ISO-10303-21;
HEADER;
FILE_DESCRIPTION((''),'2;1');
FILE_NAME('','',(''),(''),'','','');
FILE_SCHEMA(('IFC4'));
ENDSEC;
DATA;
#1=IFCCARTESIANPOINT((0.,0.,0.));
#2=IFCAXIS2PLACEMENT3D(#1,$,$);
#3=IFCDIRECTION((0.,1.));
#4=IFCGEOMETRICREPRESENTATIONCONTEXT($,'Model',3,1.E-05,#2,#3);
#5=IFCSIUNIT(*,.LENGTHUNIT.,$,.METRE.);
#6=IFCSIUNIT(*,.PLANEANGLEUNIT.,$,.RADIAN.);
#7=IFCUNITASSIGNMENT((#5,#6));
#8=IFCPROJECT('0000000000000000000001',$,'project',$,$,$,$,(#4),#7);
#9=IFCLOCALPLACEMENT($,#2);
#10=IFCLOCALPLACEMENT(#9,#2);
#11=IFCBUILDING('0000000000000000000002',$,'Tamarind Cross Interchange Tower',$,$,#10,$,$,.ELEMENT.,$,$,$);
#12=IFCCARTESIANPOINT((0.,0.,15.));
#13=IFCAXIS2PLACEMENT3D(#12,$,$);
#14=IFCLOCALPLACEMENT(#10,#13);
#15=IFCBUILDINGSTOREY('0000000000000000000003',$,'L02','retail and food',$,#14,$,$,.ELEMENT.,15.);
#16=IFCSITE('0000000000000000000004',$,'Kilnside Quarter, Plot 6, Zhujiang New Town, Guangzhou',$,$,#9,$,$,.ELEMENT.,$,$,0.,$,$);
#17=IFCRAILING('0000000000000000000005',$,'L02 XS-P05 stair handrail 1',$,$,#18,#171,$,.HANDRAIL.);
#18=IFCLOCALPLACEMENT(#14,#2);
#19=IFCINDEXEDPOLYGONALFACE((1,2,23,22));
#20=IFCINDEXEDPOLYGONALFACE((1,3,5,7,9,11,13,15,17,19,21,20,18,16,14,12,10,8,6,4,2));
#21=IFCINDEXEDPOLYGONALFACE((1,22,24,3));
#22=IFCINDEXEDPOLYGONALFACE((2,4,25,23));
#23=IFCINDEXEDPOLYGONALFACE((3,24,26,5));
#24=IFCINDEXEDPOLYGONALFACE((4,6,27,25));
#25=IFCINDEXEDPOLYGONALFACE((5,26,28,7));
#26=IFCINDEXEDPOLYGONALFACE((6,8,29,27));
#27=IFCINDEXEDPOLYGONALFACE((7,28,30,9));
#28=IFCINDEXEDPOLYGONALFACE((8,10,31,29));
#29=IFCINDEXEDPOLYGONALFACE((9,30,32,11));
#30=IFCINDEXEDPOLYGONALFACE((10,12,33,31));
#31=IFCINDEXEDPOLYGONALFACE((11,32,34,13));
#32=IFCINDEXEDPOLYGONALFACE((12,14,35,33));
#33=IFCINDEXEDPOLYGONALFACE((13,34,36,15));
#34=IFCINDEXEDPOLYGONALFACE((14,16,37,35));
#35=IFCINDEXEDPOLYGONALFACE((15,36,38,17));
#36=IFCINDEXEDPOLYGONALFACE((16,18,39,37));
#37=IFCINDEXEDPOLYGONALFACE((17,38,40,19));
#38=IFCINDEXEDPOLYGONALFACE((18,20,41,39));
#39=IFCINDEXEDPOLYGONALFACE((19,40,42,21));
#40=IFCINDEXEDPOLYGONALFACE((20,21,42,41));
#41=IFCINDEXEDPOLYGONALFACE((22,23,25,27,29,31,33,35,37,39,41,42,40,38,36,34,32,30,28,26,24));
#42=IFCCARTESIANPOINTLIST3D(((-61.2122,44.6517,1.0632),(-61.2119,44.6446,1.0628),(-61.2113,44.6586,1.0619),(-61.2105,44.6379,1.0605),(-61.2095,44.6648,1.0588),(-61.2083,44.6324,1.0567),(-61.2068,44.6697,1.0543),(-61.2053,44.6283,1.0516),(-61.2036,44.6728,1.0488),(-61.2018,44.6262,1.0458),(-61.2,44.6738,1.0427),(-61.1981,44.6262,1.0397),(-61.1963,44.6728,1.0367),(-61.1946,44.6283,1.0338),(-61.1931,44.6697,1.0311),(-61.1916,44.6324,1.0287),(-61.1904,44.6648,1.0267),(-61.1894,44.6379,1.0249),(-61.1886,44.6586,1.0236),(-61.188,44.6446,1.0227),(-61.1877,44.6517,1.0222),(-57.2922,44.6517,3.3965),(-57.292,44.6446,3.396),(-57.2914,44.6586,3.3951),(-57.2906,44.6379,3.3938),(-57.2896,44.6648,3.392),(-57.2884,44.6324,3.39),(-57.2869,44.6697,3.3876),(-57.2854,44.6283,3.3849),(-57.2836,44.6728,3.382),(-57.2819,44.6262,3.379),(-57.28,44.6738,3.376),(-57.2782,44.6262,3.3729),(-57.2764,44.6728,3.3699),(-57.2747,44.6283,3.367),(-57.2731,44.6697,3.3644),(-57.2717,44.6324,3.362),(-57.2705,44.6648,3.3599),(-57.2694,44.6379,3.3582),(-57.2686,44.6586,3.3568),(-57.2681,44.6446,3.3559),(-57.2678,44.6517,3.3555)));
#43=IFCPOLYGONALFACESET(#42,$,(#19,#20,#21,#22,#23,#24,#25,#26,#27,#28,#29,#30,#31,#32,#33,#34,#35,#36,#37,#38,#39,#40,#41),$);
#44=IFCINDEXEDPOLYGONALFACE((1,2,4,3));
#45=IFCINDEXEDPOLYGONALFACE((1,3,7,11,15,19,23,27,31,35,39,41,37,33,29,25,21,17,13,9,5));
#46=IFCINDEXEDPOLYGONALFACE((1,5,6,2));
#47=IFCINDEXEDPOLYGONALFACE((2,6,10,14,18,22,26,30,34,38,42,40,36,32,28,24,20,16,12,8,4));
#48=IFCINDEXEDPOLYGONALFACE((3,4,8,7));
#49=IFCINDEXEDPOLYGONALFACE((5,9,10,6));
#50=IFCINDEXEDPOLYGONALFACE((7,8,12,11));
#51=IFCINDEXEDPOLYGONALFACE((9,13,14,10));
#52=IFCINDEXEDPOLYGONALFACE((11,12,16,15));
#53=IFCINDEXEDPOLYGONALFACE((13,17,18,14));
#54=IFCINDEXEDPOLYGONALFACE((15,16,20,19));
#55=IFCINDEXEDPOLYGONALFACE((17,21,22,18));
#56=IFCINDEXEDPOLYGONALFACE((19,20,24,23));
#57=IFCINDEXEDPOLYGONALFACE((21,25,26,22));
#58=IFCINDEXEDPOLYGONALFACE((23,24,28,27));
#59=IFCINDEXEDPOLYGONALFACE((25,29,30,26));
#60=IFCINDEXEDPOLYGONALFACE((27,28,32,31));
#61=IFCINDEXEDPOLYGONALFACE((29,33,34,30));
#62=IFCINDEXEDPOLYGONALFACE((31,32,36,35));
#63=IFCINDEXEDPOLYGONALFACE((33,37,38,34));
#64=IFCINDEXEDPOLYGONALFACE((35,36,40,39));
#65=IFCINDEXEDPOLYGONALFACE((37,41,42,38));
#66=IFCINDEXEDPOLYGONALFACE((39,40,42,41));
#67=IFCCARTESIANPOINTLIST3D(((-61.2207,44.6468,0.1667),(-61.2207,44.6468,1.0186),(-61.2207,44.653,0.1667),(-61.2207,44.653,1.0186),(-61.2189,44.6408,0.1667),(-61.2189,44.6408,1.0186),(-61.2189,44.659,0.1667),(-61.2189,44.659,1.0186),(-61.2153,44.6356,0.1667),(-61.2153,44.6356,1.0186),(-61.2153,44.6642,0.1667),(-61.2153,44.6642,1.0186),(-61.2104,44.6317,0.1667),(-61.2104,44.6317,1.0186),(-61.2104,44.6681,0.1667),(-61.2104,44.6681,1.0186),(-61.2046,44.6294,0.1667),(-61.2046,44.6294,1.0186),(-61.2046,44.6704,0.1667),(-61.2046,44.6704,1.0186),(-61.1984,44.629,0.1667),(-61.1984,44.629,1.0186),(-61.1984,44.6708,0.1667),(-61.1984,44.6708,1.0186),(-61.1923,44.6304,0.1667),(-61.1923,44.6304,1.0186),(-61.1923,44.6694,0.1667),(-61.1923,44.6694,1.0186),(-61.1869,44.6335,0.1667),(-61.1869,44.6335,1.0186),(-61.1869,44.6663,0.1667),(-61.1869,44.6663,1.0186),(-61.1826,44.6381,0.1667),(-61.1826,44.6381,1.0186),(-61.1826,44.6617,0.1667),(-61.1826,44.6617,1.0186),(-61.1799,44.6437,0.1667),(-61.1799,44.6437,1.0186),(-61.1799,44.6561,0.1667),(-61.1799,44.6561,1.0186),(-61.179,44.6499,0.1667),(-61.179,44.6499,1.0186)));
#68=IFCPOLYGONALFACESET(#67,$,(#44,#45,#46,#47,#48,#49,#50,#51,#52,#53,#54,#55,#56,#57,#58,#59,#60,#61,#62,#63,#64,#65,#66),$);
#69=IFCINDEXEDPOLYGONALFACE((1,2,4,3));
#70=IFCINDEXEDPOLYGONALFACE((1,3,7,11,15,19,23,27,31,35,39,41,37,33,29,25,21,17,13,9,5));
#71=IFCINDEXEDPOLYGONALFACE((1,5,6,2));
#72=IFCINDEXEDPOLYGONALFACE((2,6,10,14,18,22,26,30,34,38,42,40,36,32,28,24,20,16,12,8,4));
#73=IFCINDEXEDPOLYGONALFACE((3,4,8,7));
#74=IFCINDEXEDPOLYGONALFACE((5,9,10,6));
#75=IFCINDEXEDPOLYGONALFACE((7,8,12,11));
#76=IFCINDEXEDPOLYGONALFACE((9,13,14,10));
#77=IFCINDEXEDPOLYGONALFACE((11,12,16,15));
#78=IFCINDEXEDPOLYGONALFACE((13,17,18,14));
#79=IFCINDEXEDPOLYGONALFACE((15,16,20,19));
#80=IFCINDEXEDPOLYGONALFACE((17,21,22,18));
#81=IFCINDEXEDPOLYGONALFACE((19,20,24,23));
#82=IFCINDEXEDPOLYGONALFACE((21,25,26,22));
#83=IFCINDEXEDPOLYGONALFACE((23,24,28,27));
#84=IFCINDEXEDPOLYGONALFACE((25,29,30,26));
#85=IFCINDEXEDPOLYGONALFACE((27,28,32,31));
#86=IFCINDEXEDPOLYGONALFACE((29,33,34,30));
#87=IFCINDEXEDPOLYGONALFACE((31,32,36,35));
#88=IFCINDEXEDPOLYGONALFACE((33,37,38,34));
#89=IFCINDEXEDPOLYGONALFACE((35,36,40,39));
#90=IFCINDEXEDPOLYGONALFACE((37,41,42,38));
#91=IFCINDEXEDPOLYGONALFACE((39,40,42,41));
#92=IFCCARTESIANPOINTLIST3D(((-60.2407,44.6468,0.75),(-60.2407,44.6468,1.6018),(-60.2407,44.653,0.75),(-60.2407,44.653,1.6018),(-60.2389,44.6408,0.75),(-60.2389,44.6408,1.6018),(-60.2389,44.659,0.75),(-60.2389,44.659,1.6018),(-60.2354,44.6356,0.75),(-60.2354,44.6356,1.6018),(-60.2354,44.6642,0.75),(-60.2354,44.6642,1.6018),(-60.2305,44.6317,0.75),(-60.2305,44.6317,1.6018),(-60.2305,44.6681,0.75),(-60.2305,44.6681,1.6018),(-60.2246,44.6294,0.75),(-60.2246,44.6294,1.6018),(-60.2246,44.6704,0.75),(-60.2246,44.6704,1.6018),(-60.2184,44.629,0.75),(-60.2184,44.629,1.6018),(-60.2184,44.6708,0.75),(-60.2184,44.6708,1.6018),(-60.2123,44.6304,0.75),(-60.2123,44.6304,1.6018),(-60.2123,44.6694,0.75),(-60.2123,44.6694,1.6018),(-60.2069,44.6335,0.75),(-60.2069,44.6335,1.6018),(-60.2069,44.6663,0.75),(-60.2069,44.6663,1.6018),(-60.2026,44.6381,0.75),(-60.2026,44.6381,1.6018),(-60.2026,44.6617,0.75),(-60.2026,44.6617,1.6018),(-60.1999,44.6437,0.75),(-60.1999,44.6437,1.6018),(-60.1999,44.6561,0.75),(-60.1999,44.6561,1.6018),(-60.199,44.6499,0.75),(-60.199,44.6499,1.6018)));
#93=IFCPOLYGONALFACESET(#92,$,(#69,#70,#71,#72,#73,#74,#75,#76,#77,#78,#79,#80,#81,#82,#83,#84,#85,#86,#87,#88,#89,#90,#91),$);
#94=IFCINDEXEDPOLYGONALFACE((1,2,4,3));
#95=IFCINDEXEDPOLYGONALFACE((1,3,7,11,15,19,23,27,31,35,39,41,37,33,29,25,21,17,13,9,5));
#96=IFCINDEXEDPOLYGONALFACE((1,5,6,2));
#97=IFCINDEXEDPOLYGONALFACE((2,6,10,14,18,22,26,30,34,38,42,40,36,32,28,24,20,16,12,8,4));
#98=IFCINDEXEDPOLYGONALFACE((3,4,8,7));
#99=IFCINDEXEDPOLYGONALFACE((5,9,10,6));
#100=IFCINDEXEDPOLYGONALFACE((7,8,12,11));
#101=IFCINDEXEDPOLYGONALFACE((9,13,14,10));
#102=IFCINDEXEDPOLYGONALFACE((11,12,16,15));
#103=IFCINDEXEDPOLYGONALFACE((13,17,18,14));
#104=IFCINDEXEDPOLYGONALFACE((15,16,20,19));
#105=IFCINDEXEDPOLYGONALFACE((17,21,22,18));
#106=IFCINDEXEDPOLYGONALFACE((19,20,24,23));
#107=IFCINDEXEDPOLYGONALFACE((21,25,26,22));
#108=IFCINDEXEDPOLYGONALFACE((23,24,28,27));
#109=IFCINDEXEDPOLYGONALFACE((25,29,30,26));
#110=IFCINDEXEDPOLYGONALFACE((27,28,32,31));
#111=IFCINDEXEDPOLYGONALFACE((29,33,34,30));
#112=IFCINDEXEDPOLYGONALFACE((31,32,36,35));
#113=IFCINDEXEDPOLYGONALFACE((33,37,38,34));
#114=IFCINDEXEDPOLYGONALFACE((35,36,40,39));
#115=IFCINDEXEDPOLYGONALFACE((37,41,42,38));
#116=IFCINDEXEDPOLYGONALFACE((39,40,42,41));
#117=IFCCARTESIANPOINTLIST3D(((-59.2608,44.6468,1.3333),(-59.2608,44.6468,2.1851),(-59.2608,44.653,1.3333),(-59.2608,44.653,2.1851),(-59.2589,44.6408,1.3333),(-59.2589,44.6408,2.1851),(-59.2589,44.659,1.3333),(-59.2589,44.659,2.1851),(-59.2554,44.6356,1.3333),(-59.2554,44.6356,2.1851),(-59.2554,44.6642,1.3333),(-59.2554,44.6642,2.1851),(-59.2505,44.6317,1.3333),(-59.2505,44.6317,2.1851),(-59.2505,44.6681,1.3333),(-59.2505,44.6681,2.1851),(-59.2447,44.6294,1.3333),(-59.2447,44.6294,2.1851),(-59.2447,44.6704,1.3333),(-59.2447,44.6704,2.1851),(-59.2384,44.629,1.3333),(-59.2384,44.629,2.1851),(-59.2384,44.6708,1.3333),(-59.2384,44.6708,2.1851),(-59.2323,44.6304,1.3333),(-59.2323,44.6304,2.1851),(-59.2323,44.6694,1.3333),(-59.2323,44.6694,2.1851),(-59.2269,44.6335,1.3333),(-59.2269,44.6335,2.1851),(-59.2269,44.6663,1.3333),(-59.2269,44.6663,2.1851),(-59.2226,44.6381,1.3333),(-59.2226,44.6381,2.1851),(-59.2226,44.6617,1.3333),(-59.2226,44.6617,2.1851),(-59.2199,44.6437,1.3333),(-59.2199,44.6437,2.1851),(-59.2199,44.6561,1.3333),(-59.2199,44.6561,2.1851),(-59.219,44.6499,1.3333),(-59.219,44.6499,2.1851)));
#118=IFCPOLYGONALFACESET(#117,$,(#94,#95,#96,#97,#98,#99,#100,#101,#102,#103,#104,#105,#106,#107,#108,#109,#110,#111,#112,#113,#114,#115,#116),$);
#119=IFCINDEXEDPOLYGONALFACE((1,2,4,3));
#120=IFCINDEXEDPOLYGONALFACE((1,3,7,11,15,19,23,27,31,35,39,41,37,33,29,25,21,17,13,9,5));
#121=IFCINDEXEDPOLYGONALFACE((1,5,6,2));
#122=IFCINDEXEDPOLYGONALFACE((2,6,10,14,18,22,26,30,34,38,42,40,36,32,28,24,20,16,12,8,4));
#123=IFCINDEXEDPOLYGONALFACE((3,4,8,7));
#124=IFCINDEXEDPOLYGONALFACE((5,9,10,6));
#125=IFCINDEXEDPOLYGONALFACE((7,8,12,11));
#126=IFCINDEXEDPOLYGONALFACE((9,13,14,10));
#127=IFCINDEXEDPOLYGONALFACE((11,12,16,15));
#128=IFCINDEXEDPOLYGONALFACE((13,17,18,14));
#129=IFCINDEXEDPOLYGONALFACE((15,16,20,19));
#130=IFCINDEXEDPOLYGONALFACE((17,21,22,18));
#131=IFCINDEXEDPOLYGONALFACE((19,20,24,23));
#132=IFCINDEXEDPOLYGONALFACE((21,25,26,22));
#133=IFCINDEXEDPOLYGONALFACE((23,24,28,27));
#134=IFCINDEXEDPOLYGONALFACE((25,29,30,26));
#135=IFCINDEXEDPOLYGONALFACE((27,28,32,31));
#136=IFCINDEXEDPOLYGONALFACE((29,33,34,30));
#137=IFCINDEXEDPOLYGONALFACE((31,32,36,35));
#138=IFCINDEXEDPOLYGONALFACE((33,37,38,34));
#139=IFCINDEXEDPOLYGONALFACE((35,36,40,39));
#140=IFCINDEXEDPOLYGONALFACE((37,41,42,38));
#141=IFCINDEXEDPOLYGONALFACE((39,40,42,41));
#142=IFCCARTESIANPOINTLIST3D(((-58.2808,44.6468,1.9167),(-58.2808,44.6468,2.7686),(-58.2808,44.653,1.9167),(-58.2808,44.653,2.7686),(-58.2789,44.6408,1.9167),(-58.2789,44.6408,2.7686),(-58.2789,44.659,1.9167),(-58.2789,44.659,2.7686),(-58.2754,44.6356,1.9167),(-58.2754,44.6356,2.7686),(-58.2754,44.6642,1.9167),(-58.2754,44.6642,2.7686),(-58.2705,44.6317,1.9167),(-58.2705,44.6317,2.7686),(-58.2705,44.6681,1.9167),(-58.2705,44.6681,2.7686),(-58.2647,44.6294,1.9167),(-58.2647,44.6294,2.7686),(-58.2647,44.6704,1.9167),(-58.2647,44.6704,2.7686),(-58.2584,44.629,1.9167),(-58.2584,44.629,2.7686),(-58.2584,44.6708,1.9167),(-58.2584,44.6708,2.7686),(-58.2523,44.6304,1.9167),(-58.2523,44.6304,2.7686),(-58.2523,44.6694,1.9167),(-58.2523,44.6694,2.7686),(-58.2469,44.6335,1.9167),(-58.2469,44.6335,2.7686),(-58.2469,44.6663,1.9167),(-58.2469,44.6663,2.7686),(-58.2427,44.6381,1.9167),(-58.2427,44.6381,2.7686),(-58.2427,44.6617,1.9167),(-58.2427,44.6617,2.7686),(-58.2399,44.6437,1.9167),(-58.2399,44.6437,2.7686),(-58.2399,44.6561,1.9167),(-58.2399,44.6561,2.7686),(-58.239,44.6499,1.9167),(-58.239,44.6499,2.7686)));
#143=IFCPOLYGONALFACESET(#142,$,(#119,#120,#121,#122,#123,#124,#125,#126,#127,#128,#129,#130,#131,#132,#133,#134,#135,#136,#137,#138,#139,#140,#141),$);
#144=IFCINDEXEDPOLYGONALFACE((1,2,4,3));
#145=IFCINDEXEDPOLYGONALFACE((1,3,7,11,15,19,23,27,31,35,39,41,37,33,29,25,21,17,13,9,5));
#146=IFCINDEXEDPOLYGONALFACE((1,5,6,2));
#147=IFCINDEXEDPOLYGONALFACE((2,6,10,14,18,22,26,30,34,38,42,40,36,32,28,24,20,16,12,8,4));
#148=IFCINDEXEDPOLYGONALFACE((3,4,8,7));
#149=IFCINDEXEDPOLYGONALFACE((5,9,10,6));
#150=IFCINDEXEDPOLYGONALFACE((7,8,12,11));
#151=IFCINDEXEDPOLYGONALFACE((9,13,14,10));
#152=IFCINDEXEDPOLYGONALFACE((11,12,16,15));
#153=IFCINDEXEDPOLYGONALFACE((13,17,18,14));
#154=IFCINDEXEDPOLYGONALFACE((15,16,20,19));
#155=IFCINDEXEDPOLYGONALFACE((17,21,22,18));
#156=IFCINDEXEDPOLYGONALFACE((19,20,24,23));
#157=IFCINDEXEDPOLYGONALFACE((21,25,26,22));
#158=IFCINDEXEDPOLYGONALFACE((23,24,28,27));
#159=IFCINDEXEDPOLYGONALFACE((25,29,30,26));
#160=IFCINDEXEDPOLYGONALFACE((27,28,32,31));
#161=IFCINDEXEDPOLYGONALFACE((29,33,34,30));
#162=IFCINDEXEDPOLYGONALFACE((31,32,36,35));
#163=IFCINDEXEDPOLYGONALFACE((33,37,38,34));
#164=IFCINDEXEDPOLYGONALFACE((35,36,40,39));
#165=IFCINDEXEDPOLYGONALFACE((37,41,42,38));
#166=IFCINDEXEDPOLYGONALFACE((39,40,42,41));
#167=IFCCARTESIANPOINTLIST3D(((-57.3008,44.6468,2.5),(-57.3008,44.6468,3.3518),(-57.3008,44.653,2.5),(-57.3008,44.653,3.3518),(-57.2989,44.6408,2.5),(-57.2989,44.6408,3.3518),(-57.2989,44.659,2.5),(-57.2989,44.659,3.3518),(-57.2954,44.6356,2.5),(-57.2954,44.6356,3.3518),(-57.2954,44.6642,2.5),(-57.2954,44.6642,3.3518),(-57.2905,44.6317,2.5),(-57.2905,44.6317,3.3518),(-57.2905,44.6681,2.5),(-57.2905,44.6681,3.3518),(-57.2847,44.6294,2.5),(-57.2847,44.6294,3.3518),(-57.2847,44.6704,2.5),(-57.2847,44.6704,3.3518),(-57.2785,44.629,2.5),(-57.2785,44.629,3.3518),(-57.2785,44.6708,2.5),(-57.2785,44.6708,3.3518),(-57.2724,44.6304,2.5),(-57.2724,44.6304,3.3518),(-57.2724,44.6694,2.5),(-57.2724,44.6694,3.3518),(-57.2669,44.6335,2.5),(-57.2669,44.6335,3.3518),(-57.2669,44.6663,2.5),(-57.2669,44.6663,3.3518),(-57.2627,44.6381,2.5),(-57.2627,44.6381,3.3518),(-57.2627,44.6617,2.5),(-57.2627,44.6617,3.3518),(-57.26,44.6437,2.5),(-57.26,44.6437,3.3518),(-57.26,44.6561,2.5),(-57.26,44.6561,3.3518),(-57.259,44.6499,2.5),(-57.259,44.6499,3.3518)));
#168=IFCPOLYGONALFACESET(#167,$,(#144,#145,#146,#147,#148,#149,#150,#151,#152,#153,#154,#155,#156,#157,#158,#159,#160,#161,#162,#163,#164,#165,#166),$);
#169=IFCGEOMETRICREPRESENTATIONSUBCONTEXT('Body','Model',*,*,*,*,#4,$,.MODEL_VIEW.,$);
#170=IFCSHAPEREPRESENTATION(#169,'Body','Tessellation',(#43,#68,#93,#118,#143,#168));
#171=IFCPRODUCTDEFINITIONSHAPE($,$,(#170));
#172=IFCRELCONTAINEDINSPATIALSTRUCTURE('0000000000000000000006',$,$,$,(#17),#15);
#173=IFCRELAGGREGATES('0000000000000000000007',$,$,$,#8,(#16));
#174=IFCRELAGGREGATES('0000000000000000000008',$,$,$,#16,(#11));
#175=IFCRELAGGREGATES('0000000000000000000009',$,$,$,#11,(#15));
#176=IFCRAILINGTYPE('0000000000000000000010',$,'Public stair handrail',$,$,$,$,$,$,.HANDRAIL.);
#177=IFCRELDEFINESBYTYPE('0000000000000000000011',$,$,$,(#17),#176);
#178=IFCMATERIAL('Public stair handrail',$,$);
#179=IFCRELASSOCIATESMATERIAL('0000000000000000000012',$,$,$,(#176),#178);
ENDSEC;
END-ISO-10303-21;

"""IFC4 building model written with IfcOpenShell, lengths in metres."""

from ifc_helpers import new_model, si_unit, direction, frame, origin, origin_2d, place, context, subcontext, project, spatial, circle, extrude, material, type_object, element, save


model = new_model("IFC4")

# Units and contexts
model_context = context("Model", 3, precision=1e-05, world=origin(), true_north=direction((0.0, 1.0)))
body_context = subcontext(model_context, "Body", "Model", "MODEL_VIEW")
ifc_project = project(units=[si_unit("LENGTHUNIT", "METRE"), si_unit("PLANEANGLEUNIT", "RADIAN")], contexts=[model_context])

# Site, building, storey
site_placement = place(None, origin())
site = spatial("IfcSite", under=ifc_project, at=site_placement, Name="Kilnside Quarter, Plot 6, Zhujiang New Town, Guangzhou", CompositionType="ELEMENT", RefElevation=0.0)
building_placement = place(site_placement, origin())
building = spatial("IfcBuilding", under=site, at=building_placement, Name="Tamarind Cross Interchange Tower", CompositionType="ELEMENT")
storey_placement = place(building_placement, frame((0.0, 0.0, 15.0)))
storey = spatial("IfcBuildingStorey", under=building, at=storey_placement, Name="L02", Description="retail and food", CompositionType="ELEMENT", Elevation=15.0)

# Railing
ifc_material_1 = material(Name="Public stair handrail")
railing_type_1 = type_object("IfcRailingType", Name="Public stair handrail", PredefinedType="HANDRAIL", material=ifc_material_1)
railing_1_placement = place(storey_placement, frame((-61.2, 44.6499, 0.1667)))
element("IfcRailing", 1, at=railing_1_placement, inside=storey, type_object=railing_type_1, Name="L02 XS-P05 stair handrail 1", PredefinedType="HANDRAIL", context=body_context, shape_type="SweptSolid", body=[
    extrude(circle(Radius=0.0239, at=origin_2d()), frame((0.0, 0.0, 0.876), z_axis=(0.859296, 0.0, 0.511478), x_axis=(0.0, 1.0, 0.0)), (0.0, 0.0, 1.0), 4.5618),
    extrude(circle(Radius=0.021, at=origin_2d()), origin(), (0.0, 0.0, 1.0), 0.8518),
    extrude(circle(Radius=0.021, at=origin_2d()), frame((0.98, 0.0, 0.5833)), (0.0, 0.0, 1.0), 0.8518),
    extrude(circle(Radius=0.021, at=origin_2d()), frame((1.96, 0.0, 1.1665)), (0.0, 0.0, 1.0), 0.8518),
    extrude(circle(Radius=0.021, at=origin_2d()), frame((2.9399, 0.0, 1.75)), (0.0, 0.0, 1.0), 0.8518),
    extrude(circle(Radius=0.021, at=origin_2d()), frame((3.9199, 0.0, 2.3333)), (0.0, 0.0, 1.0), 0.8518),
])

save(model, "model.ifc")
